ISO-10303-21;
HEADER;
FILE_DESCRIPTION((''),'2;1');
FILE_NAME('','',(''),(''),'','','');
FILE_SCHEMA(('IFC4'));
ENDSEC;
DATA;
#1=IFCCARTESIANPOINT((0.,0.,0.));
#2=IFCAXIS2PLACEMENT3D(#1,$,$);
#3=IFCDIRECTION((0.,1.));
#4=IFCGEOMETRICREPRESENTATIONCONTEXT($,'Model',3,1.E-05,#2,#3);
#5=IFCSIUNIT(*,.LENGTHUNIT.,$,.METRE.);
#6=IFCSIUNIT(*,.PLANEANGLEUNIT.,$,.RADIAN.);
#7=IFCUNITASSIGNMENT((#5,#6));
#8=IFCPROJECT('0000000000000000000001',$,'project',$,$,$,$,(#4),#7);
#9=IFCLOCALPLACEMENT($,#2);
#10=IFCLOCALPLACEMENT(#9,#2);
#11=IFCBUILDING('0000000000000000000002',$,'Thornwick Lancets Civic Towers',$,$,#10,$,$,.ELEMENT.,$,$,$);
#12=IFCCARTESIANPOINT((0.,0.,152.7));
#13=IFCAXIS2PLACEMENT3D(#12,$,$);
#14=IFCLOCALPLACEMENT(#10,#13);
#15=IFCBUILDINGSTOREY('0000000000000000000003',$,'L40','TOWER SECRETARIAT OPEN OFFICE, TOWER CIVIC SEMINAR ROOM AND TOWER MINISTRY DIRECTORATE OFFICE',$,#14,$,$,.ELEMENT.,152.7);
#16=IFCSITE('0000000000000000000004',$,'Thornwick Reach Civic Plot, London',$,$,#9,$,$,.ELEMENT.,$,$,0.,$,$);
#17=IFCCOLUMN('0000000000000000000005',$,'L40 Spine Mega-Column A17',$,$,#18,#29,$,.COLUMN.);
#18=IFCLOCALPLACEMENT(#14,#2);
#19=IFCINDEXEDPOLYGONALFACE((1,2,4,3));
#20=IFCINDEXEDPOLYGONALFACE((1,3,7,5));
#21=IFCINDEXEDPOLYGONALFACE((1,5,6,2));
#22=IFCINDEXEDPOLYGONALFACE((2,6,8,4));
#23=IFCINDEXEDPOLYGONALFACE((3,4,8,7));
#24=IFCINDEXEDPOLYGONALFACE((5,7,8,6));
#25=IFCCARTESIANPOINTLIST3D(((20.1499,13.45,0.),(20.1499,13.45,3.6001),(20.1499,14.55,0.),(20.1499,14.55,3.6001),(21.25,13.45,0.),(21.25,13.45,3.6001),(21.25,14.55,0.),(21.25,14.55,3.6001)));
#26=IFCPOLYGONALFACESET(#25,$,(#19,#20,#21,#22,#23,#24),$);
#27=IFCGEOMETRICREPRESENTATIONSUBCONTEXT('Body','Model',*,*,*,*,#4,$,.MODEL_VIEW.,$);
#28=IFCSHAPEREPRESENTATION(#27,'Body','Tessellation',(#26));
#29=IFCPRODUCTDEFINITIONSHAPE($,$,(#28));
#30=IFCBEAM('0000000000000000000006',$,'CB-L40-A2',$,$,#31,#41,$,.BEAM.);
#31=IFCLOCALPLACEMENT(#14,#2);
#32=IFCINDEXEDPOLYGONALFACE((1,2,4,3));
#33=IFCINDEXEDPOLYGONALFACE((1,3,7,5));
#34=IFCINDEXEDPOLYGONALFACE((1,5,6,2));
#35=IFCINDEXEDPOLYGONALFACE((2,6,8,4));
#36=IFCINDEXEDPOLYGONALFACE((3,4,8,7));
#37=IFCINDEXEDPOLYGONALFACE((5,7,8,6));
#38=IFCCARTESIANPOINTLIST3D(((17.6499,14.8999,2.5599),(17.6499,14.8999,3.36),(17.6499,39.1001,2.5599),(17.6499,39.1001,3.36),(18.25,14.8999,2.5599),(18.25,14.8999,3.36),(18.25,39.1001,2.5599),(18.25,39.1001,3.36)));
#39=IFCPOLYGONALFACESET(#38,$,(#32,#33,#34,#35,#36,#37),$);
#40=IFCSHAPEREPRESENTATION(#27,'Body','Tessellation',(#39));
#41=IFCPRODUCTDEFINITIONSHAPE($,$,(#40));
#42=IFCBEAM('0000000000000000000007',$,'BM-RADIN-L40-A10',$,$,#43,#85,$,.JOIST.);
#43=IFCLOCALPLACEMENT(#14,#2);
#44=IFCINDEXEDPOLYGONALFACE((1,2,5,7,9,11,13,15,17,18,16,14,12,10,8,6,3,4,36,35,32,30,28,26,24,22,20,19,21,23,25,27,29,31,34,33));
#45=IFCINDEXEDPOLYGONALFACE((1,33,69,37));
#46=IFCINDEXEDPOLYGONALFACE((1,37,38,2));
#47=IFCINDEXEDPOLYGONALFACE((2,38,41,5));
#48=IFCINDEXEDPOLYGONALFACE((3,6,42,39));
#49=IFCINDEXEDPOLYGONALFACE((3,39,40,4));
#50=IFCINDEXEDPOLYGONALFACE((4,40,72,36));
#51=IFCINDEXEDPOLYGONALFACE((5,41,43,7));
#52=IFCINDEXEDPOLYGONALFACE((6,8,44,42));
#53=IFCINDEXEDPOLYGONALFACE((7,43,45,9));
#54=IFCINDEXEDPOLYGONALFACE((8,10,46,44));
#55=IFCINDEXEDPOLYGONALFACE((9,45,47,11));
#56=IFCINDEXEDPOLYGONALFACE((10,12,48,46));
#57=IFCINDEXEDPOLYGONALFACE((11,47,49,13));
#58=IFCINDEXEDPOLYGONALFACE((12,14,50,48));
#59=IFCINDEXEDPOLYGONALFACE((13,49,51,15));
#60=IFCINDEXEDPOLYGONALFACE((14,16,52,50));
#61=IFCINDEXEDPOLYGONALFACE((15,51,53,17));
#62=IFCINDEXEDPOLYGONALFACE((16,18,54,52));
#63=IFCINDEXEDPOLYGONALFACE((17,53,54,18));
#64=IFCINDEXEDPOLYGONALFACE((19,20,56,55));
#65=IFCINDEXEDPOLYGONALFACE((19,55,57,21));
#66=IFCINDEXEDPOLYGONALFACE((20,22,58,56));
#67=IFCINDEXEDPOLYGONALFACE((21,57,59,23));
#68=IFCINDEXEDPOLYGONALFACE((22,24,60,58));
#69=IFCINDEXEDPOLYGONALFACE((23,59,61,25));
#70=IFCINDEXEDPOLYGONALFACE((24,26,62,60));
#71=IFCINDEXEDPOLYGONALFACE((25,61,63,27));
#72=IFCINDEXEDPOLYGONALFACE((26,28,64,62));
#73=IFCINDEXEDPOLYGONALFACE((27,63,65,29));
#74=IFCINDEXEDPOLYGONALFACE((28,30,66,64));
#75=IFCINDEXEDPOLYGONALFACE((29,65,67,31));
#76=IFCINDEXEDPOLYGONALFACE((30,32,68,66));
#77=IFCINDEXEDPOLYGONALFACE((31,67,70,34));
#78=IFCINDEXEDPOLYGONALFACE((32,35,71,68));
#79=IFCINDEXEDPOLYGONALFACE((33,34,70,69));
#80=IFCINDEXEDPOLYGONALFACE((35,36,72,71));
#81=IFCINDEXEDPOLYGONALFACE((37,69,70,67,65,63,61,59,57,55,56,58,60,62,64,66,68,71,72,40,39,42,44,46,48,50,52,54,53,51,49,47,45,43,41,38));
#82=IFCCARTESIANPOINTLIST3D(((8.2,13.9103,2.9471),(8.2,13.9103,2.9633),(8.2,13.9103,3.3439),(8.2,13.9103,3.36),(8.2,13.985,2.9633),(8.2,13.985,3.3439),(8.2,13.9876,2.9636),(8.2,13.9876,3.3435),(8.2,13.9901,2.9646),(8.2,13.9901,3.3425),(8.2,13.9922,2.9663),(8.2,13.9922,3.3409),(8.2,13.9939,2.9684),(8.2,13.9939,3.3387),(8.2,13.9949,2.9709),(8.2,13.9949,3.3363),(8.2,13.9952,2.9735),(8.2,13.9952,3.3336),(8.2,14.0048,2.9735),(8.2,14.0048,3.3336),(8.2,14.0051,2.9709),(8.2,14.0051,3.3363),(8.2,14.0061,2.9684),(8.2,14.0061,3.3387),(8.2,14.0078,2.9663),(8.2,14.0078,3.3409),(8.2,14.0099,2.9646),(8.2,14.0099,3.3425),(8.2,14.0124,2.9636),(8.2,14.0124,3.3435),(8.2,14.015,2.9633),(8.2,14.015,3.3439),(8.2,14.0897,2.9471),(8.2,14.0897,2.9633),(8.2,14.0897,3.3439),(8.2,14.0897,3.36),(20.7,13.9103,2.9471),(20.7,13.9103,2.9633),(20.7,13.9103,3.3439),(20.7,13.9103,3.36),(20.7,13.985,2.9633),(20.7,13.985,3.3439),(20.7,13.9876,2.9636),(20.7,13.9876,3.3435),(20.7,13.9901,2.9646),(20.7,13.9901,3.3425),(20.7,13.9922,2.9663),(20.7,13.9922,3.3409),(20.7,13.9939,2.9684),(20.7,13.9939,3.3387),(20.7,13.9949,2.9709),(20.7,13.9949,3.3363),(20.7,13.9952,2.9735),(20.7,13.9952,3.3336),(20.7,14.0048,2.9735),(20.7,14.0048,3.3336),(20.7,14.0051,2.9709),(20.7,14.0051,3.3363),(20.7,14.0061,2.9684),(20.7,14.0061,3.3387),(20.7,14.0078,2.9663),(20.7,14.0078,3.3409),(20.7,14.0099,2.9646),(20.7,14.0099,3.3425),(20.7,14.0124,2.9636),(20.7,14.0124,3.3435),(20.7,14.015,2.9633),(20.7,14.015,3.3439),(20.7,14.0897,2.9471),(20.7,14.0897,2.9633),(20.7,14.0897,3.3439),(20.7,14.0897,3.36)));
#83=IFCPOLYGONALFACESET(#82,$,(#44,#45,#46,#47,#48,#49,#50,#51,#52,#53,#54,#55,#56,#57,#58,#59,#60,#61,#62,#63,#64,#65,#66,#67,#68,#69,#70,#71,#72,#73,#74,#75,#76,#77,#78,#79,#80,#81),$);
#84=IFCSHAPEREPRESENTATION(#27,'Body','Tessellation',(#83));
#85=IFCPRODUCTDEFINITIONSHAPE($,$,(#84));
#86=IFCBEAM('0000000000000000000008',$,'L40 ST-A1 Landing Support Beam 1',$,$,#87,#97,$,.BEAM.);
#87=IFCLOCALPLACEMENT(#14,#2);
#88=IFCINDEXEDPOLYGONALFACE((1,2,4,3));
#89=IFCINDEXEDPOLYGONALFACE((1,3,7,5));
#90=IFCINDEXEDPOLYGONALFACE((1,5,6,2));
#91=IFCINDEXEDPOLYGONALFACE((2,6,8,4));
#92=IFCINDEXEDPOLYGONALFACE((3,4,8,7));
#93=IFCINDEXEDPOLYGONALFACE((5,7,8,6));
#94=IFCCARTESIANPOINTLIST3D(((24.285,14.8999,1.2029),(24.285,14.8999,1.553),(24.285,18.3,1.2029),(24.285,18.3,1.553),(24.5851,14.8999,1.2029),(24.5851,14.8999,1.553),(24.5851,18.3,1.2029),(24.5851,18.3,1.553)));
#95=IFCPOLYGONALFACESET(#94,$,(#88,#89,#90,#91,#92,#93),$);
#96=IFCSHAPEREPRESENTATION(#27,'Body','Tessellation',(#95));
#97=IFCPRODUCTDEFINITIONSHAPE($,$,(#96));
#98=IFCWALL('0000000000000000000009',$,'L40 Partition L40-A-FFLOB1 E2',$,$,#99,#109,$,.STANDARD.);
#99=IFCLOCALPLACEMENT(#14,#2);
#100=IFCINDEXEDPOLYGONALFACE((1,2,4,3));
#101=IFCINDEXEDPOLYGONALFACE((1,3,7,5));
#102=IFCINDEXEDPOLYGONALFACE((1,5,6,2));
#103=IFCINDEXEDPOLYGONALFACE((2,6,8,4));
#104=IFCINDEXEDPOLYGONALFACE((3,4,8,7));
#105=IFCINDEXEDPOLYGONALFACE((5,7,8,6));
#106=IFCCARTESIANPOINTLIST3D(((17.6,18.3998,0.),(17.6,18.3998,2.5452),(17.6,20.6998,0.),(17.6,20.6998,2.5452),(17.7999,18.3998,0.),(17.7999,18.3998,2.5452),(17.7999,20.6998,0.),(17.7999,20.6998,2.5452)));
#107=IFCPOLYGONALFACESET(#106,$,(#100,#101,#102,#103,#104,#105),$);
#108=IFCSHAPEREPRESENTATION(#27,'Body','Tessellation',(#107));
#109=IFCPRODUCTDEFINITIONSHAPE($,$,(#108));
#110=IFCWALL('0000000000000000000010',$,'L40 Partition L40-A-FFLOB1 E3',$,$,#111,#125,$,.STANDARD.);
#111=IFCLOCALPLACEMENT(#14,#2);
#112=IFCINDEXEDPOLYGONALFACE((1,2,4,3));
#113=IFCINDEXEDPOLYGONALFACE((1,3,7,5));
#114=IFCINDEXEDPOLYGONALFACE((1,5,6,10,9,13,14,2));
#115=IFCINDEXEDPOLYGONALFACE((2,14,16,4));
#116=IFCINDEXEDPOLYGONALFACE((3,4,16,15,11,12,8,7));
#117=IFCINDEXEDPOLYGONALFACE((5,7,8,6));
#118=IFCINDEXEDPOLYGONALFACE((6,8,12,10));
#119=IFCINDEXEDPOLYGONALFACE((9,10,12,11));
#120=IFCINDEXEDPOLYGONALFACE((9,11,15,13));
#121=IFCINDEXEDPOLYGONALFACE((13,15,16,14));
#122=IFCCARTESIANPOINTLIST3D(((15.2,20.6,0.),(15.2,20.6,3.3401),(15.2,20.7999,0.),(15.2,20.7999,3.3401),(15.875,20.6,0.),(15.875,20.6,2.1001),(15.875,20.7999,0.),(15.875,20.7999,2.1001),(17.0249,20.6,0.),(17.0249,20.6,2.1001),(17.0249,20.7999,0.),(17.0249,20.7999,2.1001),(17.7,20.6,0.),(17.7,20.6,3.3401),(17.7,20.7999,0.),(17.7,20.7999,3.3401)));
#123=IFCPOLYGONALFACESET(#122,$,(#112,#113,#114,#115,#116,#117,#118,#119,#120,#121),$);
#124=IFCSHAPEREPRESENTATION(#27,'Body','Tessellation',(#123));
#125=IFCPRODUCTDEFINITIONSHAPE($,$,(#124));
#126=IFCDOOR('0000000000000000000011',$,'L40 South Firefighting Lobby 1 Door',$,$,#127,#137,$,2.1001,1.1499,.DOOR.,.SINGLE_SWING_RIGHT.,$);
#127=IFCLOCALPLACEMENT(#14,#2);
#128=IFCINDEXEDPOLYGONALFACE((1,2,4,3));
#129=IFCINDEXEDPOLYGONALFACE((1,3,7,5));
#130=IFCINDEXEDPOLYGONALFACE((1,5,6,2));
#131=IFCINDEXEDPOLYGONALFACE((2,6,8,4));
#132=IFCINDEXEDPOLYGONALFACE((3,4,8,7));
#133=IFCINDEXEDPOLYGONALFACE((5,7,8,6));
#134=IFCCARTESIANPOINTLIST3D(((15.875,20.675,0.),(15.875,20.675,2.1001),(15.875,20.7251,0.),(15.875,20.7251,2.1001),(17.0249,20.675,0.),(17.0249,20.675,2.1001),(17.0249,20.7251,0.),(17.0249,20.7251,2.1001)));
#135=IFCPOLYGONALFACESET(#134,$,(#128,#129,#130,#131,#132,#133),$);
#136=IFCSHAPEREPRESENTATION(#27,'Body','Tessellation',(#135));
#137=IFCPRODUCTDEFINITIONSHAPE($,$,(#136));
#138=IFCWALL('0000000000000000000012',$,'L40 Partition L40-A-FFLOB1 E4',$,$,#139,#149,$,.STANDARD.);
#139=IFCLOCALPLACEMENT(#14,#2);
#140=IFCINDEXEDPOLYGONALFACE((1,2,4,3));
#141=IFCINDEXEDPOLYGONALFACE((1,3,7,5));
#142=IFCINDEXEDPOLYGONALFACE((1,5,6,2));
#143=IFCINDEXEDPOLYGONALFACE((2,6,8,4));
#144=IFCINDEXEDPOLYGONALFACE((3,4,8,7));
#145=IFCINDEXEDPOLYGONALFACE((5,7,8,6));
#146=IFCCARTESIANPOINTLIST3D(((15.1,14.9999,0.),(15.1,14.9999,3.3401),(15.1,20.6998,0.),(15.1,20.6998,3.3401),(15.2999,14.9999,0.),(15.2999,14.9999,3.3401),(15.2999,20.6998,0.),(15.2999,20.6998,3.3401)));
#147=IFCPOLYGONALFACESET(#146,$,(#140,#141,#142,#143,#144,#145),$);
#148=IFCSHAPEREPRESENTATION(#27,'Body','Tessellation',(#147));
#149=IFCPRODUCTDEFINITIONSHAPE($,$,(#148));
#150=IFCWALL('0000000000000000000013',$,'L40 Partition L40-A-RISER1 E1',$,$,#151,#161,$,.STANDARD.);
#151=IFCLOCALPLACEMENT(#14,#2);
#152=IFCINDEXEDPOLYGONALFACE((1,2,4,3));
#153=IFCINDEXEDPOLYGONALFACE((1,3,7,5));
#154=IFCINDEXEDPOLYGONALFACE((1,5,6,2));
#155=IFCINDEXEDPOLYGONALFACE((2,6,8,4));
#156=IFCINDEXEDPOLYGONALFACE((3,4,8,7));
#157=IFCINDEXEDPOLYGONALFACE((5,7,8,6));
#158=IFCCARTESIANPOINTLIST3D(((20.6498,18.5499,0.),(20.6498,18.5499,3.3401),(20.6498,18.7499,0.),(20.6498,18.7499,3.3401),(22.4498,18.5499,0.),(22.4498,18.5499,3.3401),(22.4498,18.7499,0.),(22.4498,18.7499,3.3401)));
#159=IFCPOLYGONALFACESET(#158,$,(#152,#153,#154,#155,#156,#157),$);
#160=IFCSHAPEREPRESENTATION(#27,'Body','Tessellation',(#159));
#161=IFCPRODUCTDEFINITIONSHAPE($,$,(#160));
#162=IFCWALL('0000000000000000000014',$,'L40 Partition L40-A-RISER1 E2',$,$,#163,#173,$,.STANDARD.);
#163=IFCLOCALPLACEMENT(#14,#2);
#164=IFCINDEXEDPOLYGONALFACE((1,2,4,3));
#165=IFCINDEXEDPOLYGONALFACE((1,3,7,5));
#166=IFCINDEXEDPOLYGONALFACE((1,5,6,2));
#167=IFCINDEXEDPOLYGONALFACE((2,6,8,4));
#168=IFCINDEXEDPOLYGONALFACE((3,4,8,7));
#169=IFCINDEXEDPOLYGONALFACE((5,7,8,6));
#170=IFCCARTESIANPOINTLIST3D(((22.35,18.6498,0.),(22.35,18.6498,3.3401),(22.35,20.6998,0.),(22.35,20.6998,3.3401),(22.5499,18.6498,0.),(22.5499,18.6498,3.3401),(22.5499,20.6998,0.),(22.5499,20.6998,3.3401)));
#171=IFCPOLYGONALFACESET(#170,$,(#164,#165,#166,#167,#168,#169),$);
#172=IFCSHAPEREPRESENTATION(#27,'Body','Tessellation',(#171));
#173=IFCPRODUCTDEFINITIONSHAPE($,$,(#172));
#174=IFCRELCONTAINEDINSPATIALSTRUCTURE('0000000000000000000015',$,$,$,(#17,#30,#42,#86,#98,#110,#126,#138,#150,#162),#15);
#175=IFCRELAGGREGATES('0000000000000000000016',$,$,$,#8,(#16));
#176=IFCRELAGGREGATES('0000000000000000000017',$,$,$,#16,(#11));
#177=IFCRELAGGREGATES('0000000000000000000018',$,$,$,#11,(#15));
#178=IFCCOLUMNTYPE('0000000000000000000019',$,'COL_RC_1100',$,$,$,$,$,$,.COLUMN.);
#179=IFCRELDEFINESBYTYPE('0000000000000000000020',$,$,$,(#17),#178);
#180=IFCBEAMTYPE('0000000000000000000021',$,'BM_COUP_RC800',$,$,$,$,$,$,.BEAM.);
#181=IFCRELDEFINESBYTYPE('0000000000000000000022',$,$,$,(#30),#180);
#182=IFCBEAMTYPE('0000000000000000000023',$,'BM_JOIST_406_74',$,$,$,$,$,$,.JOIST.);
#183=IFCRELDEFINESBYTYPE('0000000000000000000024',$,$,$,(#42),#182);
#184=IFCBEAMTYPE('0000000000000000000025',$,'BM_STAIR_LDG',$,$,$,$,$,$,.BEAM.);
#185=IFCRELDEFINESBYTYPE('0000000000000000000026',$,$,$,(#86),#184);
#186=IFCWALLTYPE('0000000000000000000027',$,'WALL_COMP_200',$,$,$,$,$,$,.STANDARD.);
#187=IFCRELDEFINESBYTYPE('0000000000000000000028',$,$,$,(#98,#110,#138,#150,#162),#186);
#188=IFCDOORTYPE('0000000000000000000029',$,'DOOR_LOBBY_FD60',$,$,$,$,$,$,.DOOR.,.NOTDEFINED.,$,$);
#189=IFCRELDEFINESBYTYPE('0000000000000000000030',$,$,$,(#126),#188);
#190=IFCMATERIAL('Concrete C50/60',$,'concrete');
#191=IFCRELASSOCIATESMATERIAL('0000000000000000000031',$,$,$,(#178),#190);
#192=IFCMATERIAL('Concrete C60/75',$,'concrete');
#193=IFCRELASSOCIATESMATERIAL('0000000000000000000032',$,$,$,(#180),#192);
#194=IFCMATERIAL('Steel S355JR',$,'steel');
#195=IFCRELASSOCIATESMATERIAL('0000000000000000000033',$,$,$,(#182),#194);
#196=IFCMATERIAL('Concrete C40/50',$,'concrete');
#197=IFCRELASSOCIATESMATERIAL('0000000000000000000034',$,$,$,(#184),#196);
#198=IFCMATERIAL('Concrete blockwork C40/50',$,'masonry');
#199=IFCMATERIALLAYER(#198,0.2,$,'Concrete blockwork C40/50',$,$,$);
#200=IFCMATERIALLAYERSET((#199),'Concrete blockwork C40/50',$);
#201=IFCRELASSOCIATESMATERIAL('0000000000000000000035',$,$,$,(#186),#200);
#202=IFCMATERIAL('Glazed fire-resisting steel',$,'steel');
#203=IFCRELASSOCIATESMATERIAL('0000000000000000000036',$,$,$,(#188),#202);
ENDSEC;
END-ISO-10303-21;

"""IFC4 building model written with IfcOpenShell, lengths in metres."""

from ifc_helpers import new_model, si_unit, direction, frame, frame_2d, origin, origin_2d, place, context, subcontext, project, spatial, rectangle, i_section, extrude, material, layer, layer_set, material_profile, profile_set, type_object, element, fill, save


model = new_model("IFC4")

# Units and contexts
model_context = context("Model", 3, precision=1e-05, world=origin(), true_north=direction((0.0, 1.0)))
body_context = subcontext(model_context, "Body", "Model", "MODEL_VIEW")
ifc_project = project(units=[si_unit("LENGTHUNIT", "METRE"), si_unit("PLANEANGLEUNIT", "RADIAN")], contexts=[model_context])

# Site, building, storey
site_placement = place(None, origin())
site = spatial("IfcSite", under=ifc_project, at=site_placement, Name="Thornwick Reach Civic Plot, London", CompositionType="ELEMENT", RefElevation=0.0)
building_placement = place(site_placement, origin())
building = spatial("IfcBuilding", under=site, at=building_placement, Name="Thornwick Lancets Civic Towers", CompositionType="ELEMENT")
storey_placement = place(building_placement, frame((0.0, 0.0, 152.7)))
storey = spatial("IfcBuildingStorey", under=building, at=storey_placement, Name="L40", Description="TOWER SECRETARIAT OPEN OFFICE, TOWER CIVIC SEMINAR ROOM AND TOWER MINISTRY DIRECTORATE OFFICE", CompositionType="ELEMENT", Elevation=152.7)

# Column
ifc_material_1 = material(Name="Concrete C50/60", Category="concrete")
ifc_material_profile_1 = material_profile(ifc_material_1, rectangle(XDim=1.1001, YDim=1.1001, at=origin_2d()), Name="RC 1100x1100")
ifc_profile_set_1 = profile_set([ifc_material_profile_1], Name="Concrete C50/60")
column_type = type_object("IfcColumnType", Name="COL_RC_1100", PredefinedType="COLUMN", material=ifc_profile_set_1)
column_placement = place(storey_placement, frame((20.7, 14.0, 0.0), z_axis=(0.0, 0.0, 1.0), x_axis=(1.0, 0.0, 0.0)))
element("IfcColumn", 1, at=column_placement, inside=storey, type_object=column_type, Name="L40 Spine Mega-Column A17", PredefinedType="COLUMN", context=body_context, shape_type="SweptSolid", body=[
    extrude(rectangle(XDim=1.1001, YDim=1.1001, at=origin_2d()), origin(), (0.0, 0.0, 1.0), 3.6001),
])

# Beams
ifc_material_2 = material(Name="Concrete C60/75", Category="concrete")
ifc_material_profile_2 = material_profile(ifc_material_2, rectangle(XDim=0.6001, YDim=0.8, at=origin_2d()), Name="RC 600x800")
ifc_profile_set_2 = profile_set([ifc_material_profile_2], Name="Concrete C60/75")
beam_type_1 = type_object("IfcBeamType", Name="BM_COUP_RC800", PredefinedType="BEAM", material=ifc_profile_set_2)
beam_1_placement = place(storey_placement, frame((17.95, 14.8999, 2.96), z_axis=(0.0, 1.0, 0.0), x_axis=(-1.0, 0.0, 0.0)))
element("IfcBeam", 2, at=beam_1_placement, inside=storey, type_object=beam_type_1, Name="CB-L40-A2", PredefinedType="BEAM", context=body_context, shape_type="SweptSolid", body=[
    extrude(rectangle(XDim=0.6001, YDim=0.8, at=origin_2d()), origin(), (0.0, 0.0, 1.0), 24.2002),
])
ifc_material_3 = material(Name="Steel S355JR", Category="steel")
ifc_material_profile_3 = material_profile(ifc_material_3, i_section(OverallWidth=0.1794, OverallDepth=0.4128, WebThickness=0.0095, FlangeThickness=0.0161, FilletRadius=0.0103, at=origin_2d()), Name="UKB 406x178x74")
ifc_profile_set_3 = profile_set([ifc_material_profile_3], Name="Steel S355JR")
beam_type_2 = type_object("IfcBeamType", Name="BM_JOIST_406_74", PredefinedType="JOIST", material=ifc_profile_set_3)
beam_2_placement = place(storey_placement, frame((20.7, 14.0, 3.1536), z_axis=(-1.0, 0.0, 0.0), x_axis=(0.0, -1.0, 0.0)))
element("IfcBeam", 3, at=beam_2_placement, inside=storey, type_object=beam_type_2, Name="BM-RADIN-L40-A10", PredefinedType="JOIST", context=body_context, shape_type="SweptSolid", body=[
    extrude(i_section(OverallWidth=0.1794, OverallDepth=0.4128, WebThickness=0.0095, FlangeThickness=0.0161, FilletRadius=0.0103, at=origin_2d()), origin(), (0.0, 0.0, 1.0), 12.5),
])
ifc_material_4 = material(Name="Concrete C40/50", Category="concrete")
ifc_material_profile_4 = material_profile(ifc_material_4, rectangle(XDim=0.3, YDim=0.3501, at=origin_2d()), Name="RC 300x350")
ifc_profile_set_4 = profile_set([ifc_material_profile_4], Name="Concrete C40/50")
beam_type_3 = type_object("IfcBeamType", Name="BM_STAIR_LDG", PredefinedType="BEAM", material=ifc_profile_set_4)
beam_3_placement = place(storey_placement, frame((24.4351, 14.8999, 1.3779), z_axis=(0.0, 1.0, 0.0), x_axis=(-1.0, 0.0, 0.0)))
element("IfcBeam", 4, at=beam_3_placement, inside=storey, type_object=beam_type_3, Name="L40 ST-A1 Landing Support Beam 1", PredefinedType="BEAM", context=body_context, shape_type="SweptSolid", body=[
    extrude(rectangle(XDim=0.3, YDim=0.3501, at=origin_2d()), origin(), (0.0, 0.0, 1.0), 3.4001),
])

# Wall
ifc_material_5 = material(Name="Concrete blockwork C40/50", Category="masonry")
ifc_layer_1 = layer(ifc_material_5, 0.2, Name="Concrete blockwork C40/50")
ifc_layer_set_1 = layer_set([ifc_layer_1], Name="Concrete blockwork C40/50")
wall_type_1 = type_object("IfcWallType", Name="WALL_COMP_200", PredefinedType="STANDARD", material=ifc_layer_set_1)
wall_1_placement = place(storey_placement, frame((17.7, 18.3999, 0.0), z_axis=(0.0, 0.0, 1.0), x_axis=(0.0, 1.0, 0.0)))
element("IfcWall", 5, at=wall_1_placement, inside=storey, type_object=wall_type_1, Name="L40 Partition L40-A-FFLOB1 E2", PredefinedType="STANDARD", context=body_context, shape_type="SweptSolid", body=[
    extrude(rectangle(XDim=2.3, YDim=0.2, at=frame_2d((1.1499, 0.0))), origin(), (0.0, 0.0, 1.0), 2.5452),
])

# Wall, opening, door
wall_2_placement = place(storey_placement, frame((17.7, 20.7, 0.0), z_axis=(0.0, 0.0, 1.0), x_axis=(-1.0, 0.0, 0.0)))
wall_2 = element("IfcWall", 6, at=wall_2_placement, inside=storey, type_object=wall_type_1, Name="L40 Partition L40-A-FFLOB1 E3", PredefinedType="STANDARD", context=body_context, shape_type="SweptSolid", body=[
    extrude(rectangle(XDim=2.5, YDim=0.2, at=frame_2d((1.25, 0.0))), origin(), (0.0, 0.0, 1.0), 3.3401),
])
opening_1_placement = place(wall_2_placement, frame((0.675, 0.0, 0.0)))
opening_1 = element("IfcOpeningElement", 7, at=opening_1_placement, cuts=wall_2, PredefinedType="OPENING", context=body_context, shape_type="SweptSolid", body=[
    extrude(rectangle(XDim=1.1499, YDim=2.1001, at=frame_2d((0.575, 1.05))), frame((0.0, 0.1099, 0.0), z_axis=(0.0, -1.0, 0.0), x_axis=(1.0, 0.0, 0.0)), (0.0, 0.0, 1.0), 0.22),
])
ifc_material_6 = material(Name="Glazed fire-resisting steel", Category="steel")
door_type_1 = type_object("IfcDoorType", Name="DOOR_LOBBY_FD60", OperationType="NOTDEFINED", PredefinedType="DOOR", material=ifc_material_6)
door_1_placement = place(opening_1_placement, origin())
door_1 = element("IfcDoor", 8, at=door_1_placement, inside=storey, type_object=door_type_1, Name="L40 South Firefighting Lobby 1 Door", OperationType="SINGLE_SWING_RIGHT", OverallHeight=2.1001, OverallWidth=1.1499, PredefinedType="DOOR", context=body_context, shape_type="SweptSolid", body=[
    extrude(rectangle(XDim=1.1499, YDim=2.1001, at=frame_2d((0.575, 1.05))), frame((0.0, 0.0249, 0.0), z_axis=(0.0, -1.0, 0.0), x_axis=(1.0, 0.0, 0.0)), (0.0, 0.0, 1.0), 0.05),
])
fill(opening_1, door_1)

# Walls
wall_3_placement = place(storey_placement, frame((15.2, 20.7, 0.0), z_axis=(0.0, 0.0, 1.0), x_axis=(0.0, -1.0, 0.0)))
element("IfcWall", 9, at=wall_3_placement, inside=storey, type_object=wall_type_1, Name="L40 Partition L40-A-FFLOB1 E4", PredefinedType="STANDARD", context=body_context, shape_type="SweptSolid", body=[
    extrude(rectangle(XDim=5.7, YDim=0.2, at=frame_2d((2.8501, 0.0))), origin(), (0.0, 0.0, 1.0), 3.3401),
])
wall_4_placement = place(storey_placement, frame((20.6499, 18.6499, 0.0), z_axis=(0.0, 0.0, 1.0), x_axis=(1.0, 0.0, 0.0)))
element("IfcWall", 10, at=wall_4_placement, inside=storey, type_object=wall_type_1, Name="L40 Partition L40-A-RISER1 E1", PredefinedType="STANDARD", context=body_context, shape_type="SweptSolid", body=[
    extrude(rectangle(XDim=1.8, YDim=0.2, at=frame_2d((0.8999, 0.0))), origin(), (0.0, 0.0, 1.0), 3.3401),
])
wall_5_placement = place(storey_placement, frame((22.45, 18.6499, 0.0), z_axis=(0.0, 0.0, 1.0), x_axis=(0.0, 1.0, 0.0)))
element("IfcWall", 11, at=wall_5_placement, inside=storey, type_object=wall_type_1, Name="L40 Partition L40-A-RISER1 E2", PredefinedType="STANDARD", context=body_context, shape_type="SweptSolid", body=[
    extrude(rectangle(XDim=2.05, YDim=0.2, at=frame_2d((1.0249, 0.0))), origin(), (0.0, 0.0, 1.0), 3.3401),
])

save(model, "model.ifc")
